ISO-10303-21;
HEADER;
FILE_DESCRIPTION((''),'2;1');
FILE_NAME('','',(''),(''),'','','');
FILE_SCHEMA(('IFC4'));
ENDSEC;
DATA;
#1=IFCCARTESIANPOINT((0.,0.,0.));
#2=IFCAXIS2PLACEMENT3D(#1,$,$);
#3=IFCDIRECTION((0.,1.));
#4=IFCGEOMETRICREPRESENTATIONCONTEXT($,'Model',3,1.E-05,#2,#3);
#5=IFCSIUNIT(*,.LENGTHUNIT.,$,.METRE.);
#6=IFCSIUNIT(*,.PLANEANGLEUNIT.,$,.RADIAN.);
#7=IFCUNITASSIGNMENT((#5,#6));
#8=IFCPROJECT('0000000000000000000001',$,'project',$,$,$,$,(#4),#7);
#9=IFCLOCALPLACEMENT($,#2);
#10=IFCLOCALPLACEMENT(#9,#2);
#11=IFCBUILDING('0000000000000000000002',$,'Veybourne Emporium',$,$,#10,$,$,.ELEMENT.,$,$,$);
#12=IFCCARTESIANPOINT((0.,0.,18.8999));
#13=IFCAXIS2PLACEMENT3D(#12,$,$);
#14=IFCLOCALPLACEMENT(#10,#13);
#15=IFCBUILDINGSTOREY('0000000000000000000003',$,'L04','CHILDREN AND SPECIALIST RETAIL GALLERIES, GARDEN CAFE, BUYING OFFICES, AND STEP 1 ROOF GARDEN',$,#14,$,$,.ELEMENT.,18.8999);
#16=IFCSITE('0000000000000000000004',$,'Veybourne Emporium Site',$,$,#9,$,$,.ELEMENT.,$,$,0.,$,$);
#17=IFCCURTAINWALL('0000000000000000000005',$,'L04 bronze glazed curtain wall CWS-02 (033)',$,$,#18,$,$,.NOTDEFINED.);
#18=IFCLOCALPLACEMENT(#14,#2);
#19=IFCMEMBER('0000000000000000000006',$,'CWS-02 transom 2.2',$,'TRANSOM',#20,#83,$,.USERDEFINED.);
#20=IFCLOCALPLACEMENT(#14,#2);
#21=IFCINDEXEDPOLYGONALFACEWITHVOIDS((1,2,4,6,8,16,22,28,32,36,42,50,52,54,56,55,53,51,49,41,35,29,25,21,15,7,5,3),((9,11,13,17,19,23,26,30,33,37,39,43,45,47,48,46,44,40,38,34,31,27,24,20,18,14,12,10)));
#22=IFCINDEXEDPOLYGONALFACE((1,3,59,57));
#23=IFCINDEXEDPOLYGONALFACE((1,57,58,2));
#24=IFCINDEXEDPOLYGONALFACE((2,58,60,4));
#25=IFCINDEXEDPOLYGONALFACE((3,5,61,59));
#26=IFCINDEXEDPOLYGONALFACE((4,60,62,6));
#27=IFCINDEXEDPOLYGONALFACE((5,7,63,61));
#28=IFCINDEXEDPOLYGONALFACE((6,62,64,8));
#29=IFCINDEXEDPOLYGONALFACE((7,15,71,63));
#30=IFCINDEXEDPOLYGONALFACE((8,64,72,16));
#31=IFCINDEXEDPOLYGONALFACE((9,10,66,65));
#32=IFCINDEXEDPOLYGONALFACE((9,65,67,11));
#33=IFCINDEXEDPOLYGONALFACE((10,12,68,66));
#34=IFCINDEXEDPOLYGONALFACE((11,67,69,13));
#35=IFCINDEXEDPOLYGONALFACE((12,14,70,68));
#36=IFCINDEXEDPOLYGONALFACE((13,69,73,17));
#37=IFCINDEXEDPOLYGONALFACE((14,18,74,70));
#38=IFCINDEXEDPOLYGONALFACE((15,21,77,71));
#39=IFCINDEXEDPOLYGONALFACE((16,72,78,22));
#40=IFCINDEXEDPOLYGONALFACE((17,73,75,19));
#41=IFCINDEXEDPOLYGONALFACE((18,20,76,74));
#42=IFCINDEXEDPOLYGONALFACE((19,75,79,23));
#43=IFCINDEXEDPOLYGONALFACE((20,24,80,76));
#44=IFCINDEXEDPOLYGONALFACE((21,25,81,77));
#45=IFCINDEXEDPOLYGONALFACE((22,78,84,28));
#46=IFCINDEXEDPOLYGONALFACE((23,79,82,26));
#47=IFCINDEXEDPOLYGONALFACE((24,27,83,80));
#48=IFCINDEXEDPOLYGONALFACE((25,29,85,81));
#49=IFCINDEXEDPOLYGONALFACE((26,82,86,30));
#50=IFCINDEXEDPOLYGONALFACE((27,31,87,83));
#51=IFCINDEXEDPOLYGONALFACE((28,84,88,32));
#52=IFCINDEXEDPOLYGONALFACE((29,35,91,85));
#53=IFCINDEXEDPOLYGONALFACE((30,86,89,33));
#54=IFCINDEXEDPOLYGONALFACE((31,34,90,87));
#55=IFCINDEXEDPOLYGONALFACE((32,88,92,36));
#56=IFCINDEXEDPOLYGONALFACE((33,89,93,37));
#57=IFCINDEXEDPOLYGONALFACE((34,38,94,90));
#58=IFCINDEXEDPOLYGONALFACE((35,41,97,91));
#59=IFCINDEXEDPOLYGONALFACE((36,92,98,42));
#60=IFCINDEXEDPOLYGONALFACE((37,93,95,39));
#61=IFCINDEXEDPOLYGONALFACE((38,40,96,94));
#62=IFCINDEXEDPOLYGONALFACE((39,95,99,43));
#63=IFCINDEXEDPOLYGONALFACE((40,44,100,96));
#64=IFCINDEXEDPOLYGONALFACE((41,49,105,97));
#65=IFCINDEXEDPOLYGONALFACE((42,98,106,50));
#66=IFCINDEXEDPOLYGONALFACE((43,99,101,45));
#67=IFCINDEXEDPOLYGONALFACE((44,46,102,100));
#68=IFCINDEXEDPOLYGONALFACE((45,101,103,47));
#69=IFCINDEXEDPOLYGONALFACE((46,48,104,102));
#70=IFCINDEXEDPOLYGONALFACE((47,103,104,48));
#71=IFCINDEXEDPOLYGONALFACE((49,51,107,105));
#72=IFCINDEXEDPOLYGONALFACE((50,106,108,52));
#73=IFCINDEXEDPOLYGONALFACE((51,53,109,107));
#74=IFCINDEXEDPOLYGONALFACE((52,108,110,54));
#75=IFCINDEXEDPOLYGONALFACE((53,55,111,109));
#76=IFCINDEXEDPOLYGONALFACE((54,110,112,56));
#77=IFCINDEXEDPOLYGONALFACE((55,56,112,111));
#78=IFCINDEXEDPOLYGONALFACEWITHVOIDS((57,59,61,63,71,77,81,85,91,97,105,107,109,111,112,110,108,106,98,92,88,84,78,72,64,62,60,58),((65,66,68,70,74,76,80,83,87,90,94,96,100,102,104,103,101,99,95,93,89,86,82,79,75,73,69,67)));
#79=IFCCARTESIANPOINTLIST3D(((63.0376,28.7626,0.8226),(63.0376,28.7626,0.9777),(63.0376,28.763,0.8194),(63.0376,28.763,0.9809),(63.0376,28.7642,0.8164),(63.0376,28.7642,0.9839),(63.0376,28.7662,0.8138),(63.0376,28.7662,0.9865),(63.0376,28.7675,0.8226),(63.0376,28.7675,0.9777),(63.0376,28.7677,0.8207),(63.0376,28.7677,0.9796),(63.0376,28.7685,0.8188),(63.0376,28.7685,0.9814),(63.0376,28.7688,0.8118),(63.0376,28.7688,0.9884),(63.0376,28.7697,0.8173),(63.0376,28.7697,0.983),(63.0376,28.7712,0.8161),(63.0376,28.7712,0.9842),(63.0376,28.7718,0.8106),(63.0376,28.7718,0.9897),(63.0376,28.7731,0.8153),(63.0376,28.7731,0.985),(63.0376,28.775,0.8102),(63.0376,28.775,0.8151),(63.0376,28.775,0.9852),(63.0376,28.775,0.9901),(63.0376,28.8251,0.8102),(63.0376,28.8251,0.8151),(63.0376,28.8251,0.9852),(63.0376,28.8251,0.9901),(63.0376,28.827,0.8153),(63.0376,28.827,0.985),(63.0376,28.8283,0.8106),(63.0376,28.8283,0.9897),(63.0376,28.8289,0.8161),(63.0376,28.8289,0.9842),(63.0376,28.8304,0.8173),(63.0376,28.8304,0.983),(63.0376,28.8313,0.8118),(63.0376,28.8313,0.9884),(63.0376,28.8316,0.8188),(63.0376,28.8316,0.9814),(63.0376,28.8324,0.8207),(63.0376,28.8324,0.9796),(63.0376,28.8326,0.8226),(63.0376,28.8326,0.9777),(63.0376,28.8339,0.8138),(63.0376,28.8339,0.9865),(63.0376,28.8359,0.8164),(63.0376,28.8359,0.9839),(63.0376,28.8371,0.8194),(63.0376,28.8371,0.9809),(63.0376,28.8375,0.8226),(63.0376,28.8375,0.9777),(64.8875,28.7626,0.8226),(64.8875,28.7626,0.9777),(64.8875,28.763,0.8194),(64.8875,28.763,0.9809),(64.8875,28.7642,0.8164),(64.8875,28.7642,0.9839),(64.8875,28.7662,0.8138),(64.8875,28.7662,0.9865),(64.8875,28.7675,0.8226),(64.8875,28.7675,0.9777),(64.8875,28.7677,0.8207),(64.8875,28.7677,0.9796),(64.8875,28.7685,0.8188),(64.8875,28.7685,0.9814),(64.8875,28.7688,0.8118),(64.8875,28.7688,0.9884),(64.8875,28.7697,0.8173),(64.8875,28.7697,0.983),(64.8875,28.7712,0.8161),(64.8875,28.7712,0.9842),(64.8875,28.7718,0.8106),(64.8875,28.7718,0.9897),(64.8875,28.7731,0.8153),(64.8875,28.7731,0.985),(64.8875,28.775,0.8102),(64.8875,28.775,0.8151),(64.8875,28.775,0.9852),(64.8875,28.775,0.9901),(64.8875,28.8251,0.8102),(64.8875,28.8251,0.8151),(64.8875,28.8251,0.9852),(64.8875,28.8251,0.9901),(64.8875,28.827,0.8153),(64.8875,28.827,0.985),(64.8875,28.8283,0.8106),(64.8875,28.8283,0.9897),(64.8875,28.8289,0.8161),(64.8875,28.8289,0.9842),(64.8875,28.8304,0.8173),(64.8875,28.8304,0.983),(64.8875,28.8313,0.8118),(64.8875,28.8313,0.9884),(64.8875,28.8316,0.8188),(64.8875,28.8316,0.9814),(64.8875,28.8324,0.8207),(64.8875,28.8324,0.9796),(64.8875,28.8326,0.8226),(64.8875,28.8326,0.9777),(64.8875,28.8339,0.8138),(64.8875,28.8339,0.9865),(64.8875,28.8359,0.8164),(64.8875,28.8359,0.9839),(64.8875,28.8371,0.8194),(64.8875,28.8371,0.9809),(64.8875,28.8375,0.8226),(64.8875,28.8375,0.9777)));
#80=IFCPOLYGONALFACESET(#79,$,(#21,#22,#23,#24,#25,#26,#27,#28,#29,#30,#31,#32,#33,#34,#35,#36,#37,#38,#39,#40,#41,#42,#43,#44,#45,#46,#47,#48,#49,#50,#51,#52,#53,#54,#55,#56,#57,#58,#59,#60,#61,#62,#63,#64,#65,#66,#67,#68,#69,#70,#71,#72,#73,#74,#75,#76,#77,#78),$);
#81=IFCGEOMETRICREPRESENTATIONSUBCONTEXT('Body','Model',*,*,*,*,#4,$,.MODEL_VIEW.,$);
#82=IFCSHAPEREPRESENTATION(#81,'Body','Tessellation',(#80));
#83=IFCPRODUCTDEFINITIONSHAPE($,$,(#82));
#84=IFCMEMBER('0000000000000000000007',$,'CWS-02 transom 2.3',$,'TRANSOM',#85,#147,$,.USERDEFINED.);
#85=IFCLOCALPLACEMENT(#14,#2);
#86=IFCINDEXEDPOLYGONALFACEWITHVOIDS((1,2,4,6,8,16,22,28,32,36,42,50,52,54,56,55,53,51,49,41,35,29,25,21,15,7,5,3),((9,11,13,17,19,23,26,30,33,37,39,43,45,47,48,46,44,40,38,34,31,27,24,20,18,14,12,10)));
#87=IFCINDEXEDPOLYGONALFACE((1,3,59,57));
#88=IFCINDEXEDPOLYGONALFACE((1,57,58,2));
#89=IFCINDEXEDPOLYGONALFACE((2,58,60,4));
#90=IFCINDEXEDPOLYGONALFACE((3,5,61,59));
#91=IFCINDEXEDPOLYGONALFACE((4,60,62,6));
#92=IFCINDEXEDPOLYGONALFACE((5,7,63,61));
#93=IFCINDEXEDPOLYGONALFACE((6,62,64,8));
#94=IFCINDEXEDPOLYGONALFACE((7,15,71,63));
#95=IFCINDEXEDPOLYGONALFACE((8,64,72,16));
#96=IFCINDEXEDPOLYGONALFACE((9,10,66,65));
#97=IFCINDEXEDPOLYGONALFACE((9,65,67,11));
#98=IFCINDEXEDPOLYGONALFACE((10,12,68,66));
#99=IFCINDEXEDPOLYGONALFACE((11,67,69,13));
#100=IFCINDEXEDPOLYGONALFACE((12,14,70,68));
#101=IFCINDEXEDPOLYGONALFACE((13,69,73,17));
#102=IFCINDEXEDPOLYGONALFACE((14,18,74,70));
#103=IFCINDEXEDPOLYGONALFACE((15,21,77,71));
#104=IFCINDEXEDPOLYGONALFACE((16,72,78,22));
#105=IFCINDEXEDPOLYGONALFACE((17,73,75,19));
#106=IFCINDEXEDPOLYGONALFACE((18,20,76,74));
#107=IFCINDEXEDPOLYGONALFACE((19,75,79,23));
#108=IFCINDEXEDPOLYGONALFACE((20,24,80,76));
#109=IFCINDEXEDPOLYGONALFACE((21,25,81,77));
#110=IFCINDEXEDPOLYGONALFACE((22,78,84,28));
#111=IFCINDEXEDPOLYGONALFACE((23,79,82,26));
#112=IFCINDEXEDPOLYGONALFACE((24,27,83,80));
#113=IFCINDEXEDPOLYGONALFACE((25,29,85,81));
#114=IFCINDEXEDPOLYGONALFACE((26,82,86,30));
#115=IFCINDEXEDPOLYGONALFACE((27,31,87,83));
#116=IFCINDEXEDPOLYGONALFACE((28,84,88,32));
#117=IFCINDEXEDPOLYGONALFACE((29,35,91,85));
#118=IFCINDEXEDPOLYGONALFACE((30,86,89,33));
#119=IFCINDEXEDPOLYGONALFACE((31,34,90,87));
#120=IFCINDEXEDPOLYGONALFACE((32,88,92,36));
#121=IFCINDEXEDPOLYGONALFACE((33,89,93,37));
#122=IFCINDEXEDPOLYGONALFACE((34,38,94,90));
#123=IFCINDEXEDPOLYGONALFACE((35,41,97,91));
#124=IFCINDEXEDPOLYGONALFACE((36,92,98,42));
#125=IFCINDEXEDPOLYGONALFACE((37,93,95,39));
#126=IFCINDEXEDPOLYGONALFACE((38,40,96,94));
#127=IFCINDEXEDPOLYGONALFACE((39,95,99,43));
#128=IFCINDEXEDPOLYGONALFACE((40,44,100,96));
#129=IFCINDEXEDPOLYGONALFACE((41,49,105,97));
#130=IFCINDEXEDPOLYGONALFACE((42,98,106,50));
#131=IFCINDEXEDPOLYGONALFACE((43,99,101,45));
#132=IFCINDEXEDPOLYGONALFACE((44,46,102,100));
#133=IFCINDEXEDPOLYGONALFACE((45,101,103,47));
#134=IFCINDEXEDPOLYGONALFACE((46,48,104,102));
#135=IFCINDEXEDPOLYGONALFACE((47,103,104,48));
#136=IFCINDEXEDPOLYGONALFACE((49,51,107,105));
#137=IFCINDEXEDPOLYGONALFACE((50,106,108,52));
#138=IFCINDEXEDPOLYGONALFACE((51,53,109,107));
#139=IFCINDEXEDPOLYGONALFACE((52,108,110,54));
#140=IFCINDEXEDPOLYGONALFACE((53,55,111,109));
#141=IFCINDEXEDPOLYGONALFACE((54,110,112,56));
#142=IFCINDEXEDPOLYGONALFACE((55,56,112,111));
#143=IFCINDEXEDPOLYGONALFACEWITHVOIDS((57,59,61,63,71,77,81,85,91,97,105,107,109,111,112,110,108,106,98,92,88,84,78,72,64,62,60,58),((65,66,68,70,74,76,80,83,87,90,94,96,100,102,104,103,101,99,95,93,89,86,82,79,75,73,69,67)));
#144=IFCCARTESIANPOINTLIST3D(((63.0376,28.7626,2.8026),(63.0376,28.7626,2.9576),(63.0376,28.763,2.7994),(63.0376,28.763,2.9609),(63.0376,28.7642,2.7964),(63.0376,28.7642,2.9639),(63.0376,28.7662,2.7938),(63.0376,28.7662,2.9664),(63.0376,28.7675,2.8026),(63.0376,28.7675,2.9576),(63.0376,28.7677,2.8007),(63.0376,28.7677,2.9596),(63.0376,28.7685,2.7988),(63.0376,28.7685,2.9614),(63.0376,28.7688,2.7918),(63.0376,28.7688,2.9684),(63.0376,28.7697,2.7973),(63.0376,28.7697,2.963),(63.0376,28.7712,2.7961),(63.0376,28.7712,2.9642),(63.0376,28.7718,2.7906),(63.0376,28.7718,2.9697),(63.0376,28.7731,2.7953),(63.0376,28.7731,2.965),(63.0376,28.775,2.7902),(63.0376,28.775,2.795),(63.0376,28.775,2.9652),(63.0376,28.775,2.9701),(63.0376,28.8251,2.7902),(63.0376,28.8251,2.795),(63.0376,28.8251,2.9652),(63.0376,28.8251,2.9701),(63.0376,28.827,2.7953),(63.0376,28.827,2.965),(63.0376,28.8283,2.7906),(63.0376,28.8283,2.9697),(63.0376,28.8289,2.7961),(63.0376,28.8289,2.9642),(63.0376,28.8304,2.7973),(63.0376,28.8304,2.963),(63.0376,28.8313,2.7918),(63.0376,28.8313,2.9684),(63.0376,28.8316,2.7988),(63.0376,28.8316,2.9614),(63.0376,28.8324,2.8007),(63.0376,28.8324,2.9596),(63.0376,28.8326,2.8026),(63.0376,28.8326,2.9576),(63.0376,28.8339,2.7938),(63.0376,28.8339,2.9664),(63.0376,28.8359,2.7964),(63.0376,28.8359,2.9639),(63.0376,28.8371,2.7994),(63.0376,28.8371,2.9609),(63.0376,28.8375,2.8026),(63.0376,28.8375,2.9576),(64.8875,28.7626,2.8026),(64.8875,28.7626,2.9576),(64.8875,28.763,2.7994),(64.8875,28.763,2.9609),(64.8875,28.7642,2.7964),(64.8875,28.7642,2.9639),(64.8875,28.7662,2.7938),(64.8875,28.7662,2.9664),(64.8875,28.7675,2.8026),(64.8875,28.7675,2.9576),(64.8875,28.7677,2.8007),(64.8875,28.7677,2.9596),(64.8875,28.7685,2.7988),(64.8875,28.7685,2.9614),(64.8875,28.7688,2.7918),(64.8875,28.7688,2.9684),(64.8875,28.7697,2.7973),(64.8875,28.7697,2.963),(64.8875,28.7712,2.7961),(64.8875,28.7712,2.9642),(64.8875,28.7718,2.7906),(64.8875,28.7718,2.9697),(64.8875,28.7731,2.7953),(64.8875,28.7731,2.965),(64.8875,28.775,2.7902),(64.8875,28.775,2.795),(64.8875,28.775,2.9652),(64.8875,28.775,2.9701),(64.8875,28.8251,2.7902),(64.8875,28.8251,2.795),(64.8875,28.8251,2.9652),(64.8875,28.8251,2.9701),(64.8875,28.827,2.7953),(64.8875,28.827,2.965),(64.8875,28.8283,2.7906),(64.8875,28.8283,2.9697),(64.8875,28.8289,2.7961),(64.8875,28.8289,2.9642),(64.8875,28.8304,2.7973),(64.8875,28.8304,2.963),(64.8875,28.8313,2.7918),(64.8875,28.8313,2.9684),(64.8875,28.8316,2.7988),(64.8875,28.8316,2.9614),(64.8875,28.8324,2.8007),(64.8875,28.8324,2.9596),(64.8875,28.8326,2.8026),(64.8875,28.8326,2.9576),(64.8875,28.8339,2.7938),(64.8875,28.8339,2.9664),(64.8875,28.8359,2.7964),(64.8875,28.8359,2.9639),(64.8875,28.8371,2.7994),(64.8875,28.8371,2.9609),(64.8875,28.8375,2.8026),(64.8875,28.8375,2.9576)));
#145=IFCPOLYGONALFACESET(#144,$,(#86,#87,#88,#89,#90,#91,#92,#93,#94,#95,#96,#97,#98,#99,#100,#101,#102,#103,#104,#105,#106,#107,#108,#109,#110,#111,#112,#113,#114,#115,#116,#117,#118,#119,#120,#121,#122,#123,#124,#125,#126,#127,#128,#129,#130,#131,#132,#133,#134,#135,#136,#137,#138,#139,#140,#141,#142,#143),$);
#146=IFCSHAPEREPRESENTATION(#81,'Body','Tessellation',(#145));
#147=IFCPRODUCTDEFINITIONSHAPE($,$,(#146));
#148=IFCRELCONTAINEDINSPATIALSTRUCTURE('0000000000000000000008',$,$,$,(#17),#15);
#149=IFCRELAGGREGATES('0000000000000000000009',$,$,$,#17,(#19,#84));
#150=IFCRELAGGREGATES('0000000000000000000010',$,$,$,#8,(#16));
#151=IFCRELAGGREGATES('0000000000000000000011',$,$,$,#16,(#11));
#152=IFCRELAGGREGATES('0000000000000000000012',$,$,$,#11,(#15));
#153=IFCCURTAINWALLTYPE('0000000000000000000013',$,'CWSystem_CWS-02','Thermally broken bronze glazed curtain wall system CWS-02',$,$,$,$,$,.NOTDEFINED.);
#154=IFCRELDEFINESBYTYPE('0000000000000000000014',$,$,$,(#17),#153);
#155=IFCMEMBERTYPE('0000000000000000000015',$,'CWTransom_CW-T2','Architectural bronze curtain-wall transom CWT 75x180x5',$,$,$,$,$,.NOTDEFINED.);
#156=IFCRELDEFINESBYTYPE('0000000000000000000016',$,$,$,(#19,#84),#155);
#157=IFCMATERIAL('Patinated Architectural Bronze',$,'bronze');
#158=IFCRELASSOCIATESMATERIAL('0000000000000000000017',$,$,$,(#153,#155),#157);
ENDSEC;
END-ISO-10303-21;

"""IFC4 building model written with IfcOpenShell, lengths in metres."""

from ifc_helpers import new_model, si_unit, direction, frame, origin, origin_2d, place, context, subcontext, project, spatial, hollow_rectangle, extrude, material, material_profile, profile_set, type_object, element, aggregate, save


model = new_model("IFC4")

# Units and contexts
model_context = context("Model", 3, precision=1e-05, world=origin(), true_north=direction((0.0, 1.0)))
body_context = subcontext(model_context, "Body", "Model", "MODEL_VIEW")
ifc_project = project(units=[si_unit("LENGTHUNIT", "METRE"), si_unit("PLANEANGLEUNIT", "RADIAN")], contexts=[model_context])

# Site, building, storey
site_placement = place(None, origin())
site = spatial("IfcSite", under=ifc_project, at=site_placement, Name="Veybourne Emporium Site", CompositionType="ELEMENT", RefElevation=0.0)
building_placement = place(site_placement, origin())
building = spatial("IfcBuilding", under=site, at=building_placement, Name="Veybourne Emporium", CompositionType="ELEMENT")
storey_placement = place(building_placement, frame((0.0, 0.0, 18.8999)))
storey = spatial("IfcBuildingStorey", under=building, at=storey_placement, Name="L04", Description="CHILDREN AND SPECIALIST RETAIL GALLERIES, GARDEN CAFE, BUYING OFFICES, AND STEP 1 ROOF GARDEN", CompositionType="ELEMENT", Elevation=18.8999)

# Curtain wall, members
ifc_material_1 = material(Name="Patinated Architectural Bronze", Category="bronze")
curtain_wall_type = type_object("IfcCurtainWallType", Name="CWSystem_CWS-02", Description="Thermally broken bronze glazed curtain wall system CWS-02", PredefinedType="NOTDEFINED", material=ifc_material_1)
curtain_wall_placement = place(storey_placement, origin())
curtain_wall = element("IfcCurtainWall", 1, at=curtain_wall_placement, inside=storey, type_object=curtain_wall_type, Name="L04 bronze glazed curtain wall CWS-02 (033)", PredefinedType="NOTDEFINED")
ifc_material_profile_1 = material_profile(ifc_material_1, hollow_rectangle(XDim=0.075, YDim=0.1799, WallThickness=0.0049, InnerFilletRadius=0.0076, OuterFilletRadius=0.0125, at=origin_2d()), Name="CWT 75x180x5")
ifc_profile_set_1 = profile_set([ifc_material_profile_1], Name="Patinated Architectural Bronze")
member_type_1 = type_object("IfcMemberType", Name="CWTransom_CW-T2", Description="Architectural bronze curtain-wall transom CWT 75x180x5", PredefinedType="NOTDEFINED", material=ifc_profile_set_1)
member_1_placement = place(storey_placement, frame((64.8875, 28.8, 0.9001), z_axis=(-1.0, 0.0, 0.0), x_axis=(0.0, -1.0, 0.0)))
member_1 = element("IfcMember", 2, at=member_1_placement, type_object=member_type_1, Name="CWS-02 transom 2.2", ObjectType="TRANSOM", PredefinedType="USERDEFINED", context=body_context, shape_type="SweptSolid", body=[
    extrude(hollow_rectangle(XDim=0.075, YDim=0.1799, WallThickness=0.0049, InnerFilletRadius=0.0076, OuterFilletRadius=0.0125, at=origin_2d()), origin(), (0.0, 0.0, 1.0), 1.8499),
])
member_2_placement = place(storey_placement, frame((64.8875, 28.8, 2.8801), z_axis=(-1.0, 0.0, 0.0), x_axis=(0.0, -1.0, 0.0)))
member_2 = element("IfcMember", 3, at=member_2_placement, type_object=member_type_1, Name="CWS-02 transom 2.3", ObjectType="TRANSOM", PredefinedType="USERDEFINED", context=body_context, shape_type="SweptSolid", body=[
    extrude(hollow_rectangle(XDim=0.075, YDim=0.1799, WallThickness=0.0049, InnerFilletRadius=0.0076, OuterFilletRadius=0.0125, at=origin_2d()), origin(), (0.0, 0.0, 1.0), 1.8499),
])
aggregate(curtain_wall, [member_1, member_2])

save(model, "model.ifc")
